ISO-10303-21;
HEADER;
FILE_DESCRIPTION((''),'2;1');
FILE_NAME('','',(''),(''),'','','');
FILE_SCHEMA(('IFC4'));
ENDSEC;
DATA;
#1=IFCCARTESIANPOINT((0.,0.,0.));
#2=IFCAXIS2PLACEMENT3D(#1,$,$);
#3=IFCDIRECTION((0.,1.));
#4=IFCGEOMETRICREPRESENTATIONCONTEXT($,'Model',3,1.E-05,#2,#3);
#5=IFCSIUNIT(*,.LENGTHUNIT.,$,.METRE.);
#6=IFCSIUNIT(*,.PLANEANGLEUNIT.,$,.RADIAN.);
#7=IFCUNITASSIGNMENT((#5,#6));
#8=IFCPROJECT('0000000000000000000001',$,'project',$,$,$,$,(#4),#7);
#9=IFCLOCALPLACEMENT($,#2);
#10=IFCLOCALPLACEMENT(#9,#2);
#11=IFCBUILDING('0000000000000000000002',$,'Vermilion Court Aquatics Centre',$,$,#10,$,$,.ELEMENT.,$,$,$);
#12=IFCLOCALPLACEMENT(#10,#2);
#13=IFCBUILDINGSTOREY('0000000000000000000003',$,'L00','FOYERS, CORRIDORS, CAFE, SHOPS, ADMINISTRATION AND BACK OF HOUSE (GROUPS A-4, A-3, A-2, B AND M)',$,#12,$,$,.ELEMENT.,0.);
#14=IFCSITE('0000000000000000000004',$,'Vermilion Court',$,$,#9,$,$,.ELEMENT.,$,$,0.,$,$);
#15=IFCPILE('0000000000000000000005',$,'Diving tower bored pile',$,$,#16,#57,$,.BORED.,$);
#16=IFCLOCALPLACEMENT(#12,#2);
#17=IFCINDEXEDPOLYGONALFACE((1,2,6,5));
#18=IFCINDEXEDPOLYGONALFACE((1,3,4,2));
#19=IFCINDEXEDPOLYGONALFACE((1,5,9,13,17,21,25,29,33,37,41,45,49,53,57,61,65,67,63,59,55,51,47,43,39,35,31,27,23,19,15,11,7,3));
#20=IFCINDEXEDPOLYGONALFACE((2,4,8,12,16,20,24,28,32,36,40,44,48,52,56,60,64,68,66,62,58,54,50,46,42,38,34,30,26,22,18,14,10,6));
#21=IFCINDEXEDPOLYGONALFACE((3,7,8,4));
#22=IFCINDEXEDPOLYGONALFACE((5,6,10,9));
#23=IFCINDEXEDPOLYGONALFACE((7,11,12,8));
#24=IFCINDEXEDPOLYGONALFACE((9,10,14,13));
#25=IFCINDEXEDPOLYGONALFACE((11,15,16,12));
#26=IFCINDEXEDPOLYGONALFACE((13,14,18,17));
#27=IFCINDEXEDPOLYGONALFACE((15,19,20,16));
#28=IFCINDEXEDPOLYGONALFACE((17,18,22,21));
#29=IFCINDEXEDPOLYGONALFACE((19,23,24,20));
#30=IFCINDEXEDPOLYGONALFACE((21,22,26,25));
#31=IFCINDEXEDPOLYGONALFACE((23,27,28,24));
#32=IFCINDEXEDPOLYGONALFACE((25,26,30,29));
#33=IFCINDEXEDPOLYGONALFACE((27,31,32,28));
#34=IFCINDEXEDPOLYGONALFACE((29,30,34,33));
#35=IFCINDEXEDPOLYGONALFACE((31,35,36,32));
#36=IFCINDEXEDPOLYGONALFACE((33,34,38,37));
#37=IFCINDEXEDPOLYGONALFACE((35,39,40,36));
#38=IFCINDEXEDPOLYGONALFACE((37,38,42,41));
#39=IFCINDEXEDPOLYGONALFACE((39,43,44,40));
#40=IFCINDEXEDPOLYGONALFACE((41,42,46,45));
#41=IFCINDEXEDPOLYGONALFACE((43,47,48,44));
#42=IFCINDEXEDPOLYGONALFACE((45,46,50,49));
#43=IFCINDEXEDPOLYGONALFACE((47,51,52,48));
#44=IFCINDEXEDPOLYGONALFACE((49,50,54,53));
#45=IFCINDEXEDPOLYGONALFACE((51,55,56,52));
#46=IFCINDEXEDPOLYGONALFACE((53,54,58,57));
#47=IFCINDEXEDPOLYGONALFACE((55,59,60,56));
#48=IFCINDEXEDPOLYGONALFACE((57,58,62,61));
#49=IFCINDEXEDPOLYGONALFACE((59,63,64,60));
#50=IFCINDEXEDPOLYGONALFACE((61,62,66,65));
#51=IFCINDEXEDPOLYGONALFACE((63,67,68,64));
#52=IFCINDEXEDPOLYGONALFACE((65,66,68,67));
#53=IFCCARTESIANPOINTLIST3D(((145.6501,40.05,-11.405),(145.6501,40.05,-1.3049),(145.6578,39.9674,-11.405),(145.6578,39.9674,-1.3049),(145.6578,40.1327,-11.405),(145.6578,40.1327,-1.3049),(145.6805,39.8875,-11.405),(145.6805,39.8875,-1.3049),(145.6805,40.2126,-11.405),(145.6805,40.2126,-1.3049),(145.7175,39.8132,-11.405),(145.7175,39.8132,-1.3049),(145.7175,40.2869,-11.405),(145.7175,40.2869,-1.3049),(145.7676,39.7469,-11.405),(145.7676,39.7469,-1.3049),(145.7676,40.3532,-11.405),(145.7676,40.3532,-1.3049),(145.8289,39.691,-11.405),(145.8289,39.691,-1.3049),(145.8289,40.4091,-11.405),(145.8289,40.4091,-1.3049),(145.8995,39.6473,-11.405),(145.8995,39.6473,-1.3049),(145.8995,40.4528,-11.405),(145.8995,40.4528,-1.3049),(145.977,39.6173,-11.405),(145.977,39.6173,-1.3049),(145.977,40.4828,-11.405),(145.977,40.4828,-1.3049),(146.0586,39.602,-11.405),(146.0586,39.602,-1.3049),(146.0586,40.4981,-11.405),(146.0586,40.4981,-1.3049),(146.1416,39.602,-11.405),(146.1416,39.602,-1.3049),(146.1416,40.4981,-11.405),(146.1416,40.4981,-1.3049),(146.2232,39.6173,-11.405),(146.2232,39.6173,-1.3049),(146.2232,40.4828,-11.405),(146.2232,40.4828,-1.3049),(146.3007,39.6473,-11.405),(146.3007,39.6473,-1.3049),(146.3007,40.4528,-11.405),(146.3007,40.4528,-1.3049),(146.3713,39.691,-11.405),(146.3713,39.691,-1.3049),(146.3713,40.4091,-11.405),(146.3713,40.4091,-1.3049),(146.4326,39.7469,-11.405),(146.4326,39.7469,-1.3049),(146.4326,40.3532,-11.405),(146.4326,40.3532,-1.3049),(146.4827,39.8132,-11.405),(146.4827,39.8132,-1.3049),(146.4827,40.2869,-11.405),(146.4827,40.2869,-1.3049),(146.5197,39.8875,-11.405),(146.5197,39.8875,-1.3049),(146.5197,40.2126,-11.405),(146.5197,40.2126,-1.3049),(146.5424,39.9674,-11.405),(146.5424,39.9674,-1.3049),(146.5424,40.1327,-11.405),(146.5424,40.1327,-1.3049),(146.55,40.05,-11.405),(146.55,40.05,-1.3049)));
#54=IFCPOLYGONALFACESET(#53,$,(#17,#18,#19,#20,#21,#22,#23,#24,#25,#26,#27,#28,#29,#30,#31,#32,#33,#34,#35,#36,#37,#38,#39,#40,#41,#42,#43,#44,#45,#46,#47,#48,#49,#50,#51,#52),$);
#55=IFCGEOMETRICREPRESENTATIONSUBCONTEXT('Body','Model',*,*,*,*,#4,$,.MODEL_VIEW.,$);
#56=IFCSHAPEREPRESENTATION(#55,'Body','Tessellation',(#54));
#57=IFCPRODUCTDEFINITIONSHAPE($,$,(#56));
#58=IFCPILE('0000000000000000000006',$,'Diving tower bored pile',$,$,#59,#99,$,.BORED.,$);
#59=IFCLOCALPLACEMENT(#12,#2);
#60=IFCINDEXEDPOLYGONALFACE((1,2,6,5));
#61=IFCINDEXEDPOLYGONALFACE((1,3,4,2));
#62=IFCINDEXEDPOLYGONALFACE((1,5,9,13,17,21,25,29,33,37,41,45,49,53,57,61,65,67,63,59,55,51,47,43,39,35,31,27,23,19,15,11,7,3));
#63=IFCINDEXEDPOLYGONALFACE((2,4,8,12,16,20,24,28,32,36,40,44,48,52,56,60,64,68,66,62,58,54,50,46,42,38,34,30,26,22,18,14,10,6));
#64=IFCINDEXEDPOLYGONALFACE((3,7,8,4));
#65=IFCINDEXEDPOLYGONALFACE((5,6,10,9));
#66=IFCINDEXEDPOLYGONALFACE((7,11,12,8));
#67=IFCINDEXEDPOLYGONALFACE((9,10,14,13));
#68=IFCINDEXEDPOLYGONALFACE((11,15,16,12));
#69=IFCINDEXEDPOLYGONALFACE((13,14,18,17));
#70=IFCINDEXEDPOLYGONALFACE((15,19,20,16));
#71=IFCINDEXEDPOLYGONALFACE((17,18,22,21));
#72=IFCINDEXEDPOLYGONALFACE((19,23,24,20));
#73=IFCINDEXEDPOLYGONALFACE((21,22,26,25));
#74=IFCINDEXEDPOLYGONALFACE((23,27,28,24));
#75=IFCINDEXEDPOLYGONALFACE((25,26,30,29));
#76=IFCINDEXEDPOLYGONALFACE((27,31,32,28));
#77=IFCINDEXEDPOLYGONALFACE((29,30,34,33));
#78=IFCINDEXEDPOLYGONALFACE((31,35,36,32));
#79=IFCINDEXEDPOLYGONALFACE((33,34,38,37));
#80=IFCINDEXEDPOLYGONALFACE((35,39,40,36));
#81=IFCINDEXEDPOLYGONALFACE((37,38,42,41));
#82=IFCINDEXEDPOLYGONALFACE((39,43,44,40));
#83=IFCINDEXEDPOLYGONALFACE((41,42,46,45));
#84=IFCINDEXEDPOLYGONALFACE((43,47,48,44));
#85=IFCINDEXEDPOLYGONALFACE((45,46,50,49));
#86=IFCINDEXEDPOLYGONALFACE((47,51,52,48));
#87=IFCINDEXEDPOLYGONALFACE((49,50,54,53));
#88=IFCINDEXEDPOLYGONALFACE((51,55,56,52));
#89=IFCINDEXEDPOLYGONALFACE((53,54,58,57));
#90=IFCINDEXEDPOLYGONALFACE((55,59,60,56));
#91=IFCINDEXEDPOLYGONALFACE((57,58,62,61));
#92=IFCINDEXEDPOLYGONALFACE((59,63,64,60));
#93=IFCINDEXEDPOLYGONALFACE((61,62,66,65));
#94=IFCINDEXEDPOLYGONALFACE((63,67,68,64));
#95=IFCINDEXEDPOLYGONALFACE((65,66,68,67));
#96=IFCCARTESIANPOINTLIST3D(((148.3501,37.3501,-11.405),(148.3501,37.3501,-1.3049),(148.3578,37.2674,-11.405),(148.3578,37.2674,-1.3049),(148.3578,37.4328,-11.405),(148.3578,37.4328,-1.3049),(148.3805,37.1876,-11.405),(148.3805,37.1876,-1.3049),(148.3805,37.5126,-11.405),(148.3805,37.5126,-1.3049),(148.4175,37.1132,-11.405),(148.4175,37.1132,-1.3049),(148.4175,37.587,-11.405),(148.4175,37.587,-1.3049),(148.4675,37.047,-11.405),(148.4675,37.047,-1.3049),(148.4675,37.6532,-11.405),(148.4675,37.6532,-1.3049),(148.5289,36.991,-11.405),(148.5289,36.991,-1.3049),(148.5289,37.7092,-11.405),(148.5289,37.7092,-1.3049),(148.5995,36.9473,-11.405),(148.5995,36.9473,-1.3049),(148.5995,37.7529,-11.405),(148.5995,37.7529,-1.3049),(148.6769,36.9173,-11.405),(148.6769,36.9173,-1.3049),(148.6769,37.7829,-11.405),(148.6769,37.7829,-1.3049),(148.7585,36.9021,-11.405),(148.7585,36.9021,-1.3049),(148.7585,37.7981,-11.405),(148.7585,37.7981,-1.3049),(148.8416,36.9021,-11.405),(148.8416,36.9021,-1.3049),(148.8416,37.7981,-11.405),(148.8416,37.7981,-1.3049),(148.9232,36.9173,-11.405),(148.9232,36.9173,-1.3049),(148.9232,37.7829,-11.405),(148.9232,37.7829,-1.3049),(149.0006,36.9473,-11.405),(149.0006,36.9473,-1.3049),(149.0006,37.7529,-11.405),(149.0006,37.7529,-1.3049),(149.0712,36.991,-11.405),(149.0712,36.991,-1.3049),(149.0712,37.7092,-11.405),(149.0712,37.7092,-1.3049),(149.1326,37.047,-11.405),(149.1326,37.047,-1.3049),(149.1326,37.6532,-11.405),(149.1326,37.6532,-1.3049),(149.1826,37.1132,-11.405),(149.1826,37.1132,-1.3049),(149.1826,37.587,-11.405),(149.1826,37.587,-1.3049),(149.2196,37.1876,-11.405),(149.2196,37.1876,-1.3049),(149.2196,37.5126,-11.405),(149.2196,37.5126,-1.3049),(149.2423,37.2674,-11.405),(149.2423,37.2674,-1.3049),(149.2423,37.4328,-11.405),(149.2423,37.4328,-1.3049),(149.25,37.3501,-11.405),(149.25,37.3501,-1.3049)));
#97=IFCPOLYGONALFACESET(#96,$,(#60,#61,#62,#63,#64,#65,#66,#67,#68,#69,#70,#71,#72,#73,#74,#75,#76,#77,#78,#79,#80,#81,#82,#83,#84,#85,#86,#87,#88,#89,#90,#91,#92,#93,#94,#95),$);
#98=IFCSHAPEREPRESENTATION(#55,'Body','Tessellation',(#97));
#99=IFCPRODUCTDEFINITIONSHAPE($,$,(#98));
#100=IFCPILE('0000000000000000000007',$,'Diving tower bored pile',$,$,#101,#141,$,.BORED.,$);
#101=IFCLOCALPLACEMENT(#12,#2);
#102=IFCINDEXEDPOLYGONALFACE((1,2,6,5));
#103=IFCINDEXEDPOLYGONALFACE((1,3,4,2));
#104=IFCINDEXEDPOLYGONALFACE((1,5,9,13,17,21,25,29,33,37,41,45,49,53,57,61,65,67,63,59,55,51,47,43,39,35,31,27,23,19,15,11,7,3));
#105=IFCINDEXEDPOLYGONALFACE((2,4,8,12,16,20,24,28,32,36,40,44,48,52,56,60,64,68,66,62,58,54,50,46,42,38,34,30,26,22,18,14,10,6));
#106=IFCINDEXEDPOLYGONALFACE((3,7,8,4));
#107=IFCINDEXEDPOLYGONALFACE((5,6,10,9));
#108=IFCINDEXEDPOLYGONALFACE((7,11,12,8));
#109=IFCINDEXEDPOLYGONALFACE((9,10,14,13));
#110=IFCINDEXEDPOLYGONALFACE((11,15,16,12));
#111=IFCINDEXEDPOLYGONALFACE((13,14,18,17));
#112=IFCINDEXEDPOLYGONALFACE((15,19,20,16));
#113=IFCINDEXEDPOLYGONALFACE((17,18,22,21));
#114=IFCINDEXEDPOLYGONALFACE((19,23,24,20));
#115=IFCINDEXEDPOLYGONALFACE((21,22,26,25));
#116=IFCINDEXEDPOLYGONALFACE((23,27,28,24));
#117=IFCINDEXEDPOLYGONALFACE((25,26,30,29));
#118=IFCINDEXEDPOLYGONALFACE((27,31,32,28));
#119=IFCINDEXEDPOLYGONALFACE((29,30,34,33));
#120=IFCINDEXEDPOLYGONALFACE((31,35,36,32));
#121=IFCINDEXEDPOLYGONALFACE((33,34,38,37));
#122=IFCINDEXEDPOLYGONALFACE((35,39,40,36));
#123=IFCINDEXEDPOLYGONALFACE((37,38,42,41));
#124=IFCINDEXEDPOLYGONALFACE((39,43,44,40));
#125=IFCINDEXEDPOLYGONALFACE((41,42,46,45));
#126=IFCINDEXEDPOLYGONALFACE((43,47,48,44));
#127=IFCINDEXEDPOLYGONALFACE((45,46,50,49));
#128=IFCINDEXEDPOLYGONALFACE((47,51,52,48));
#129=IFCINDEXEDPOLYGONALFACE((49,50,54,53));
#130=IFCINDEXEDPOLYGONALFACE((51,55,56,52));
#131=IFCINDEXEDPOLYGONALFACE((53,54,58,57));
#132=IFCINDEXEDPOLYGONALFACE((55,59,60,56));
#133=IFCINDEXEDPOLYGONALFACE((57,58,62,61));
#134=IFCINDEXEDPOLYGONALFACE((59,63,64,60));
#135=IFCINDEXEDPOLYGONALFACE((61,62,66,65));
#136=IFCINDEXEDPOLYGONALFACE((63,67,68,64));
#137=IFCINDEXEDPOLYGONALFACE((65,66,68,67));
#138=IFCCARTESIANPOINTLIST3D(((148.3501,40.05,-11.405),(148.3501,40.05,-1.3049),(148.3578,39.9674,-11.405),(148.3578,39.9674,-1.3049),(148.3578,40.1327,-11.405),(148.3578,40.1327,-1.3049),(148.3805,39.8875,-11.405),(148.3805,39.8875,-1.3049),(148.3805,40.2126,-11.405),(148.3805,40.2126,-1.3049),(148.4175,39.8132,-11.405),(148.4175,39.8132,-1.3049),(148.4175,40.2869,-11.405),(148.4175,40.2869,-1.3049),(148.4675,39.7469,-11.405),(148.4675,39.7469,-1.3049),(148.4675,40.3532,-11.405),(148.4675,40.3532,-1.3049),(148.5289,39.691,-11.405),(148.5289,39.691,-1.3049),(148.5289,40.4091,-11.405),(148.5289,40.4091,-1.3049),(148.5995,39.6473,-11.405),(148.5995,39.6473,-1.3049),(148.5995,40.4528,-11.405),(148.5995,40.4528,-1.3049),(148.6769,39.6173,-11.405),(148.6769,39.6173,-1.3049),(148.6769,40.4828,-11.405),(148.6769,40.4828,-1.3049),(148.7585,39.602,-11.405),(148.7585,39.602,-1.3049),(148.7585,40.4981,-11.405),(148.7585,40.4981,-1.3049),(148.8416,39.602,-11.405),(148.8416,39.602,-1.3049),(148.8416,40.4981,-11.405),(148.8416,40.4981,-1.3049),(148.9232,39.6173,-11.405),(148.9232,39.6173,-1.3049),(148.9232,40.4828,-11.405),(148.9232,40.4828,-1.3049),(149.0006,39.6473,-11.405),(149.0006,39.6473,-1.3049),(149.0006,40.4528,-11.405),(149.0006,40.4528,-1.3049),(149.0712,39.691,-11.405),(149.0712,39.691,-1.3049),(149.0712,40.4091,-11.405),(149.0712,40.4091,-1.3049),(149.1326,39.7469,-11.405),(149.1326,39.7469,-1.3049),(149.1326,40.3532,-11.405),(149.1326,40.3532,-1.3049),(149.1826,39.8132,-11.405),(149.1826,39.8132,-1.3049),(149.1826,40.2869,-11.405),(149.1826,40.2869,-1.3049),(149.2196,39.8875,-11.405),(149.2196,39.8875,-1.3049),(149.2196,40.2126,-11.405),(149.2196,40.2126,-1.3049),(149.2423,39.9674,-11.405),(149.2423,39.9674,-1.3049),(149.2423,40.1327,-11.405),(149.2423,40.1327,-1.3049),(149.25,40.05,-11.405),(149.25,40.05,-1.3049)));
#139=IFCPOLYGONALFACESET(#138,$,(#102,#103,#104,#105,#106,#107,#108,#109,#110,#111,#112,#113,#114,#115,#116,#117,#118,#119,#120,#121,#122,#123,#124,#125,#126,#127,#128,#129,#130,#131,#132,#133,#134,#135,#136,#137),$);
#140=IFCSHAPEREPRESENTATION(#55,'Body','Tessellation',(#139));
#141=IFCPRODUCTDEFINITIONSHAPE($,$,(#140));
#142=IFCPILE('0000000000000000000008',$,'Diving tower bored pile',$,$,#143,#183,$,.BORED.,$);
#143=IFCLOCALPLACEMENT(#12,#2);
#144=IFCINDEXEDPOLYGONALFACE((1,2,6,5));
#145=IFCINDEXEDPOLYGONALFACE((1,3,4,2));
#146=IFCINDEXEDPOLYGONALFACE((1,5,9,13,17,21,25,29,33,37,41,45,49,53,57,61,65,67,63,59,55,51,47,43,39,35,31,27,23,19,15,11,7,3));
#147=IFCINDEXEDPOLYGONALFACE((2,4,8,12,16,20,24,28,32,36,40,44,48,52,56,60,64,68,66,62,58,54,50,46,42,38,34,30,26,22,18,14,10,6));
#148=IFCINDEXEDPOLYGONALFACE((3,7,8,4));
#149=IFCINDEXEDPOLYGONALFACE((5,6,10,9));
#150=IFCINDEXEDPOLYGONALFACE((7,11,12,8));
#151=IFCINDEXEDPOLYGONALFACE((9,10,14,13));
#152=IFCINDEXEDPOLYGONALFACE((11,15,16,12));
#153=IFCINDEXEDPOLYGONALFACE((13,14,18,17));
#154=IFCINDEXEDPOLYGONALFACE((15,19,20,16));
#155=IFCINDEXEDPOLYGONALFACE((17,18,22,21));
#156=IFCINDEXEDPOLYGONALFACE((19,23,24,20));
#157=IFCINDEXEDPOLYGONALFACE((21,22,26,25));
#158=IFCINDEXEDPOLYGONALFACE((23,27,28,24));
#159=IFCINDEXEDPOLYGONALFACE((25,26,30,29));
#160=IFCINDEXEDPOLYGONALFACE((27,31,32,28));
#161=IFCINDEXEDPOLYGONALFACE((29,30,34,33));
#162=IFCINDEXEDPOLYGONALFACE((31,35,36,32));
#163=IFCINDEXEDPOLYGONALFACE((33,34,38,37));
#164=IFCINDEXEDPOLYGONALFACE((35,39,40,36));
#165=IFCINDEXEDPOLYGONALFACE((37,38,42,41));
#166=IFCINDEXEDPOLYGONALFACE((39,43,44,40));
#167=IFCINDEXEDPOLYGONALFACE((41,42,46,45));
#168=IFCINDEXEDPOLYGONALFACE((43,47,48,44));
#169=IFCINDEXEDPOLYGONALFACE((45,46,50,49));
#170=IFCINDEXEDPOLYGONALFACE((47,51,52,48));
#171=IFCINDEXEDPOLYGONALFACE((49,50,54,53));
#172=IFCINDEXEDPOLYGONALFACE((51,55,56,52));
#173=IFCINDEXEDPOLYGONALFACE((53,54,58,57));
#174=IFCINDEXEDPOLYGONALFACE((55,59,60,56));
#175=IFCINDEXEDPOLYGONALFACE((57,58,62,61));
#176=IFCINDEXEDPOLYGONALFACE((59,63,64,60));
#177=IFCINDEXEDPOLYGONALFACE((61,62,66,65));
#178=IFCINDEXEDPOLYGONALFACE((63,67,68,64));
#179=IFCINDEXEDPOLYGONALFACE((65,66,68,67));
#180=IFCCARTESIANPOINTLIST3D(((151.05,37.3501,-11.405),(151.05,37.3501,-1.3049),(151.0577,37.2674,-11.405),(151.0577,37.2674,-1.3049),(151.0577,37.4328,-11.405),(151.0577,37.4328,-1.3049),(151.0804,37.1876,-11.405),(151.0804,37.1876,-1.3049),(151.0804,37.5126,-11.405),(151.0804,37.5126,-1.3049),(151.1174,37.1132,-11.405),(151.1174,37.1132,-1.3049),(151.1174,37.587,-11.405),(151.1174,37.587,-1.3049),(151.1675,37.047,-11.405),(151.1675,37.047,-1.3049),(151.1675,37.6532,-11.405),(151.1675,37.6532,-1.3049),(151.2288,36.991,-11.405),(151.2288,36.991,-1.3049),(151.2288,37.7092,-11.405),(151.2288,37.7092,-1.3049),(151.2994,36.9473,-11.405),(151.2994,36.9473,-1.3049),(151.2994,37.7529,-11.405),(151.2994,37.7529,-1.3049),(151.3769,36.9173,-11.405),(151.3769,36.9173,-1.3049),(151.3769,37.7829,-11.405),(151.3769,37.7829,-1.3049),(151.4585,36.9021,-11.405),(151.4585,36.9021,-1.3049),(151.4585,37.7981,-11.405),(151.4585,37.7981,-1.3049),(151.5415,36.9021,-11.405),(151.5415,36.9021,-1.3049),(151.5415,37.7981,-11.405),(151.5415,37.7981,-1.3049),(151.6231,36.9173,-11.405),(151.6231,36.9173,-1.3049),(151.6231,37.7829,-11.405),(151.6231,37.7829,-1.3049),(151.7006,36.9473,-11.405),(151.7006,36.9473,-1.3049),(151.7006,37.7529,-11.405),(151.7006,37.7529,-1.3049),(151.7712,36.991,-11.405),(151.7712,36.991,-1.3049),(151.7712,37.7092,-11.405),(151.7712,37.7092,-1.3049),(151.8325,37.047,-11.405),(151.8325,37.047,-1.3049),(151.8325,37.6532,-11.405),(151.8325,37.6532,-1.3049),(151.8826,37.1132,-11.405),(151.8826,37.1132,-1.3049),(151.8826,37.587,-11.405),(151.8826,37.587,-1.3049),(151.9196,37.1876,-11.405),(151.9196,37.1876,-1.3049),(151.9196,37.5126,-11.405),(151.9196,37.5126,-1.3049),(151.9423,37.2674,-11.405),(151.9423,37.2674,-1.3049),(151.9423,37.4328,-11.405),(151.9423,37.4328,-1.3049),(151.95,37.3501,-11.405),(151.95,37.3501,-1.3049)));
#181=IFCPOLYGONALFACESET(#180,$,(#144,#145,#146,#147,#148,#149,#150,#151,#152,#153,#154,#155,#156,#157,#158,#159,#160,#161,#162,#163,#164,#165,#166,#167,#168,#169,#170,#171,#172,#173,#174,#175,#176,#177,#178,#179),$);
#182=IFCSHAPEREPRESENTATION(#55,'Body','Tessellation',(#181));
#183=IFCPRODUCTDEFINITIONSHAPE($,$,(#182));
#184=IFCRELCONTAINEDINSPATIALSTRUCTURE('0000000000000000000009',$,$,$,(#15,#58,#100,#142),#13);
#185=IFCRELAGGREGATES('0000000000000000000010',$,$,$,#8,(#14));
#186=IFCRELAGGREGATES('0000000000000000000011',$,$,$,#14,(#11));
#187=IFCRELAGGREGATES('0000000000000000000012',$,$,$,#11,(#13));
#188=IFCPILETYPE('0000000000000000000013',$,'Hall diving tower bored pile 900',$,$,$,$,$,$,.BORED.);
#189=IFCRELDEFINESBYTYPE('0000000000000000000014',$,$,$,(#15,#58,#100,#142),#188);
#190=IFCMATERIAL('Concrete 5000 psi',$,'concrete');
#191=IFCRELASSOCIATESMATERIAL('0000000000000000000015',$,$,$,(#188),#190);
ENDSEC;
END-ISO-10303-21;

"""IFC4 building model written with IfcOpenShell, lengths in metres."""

from ifc_helpers import new_model, si_unit, direction, frame, origin, origin_2d, place, context, subcontext, project, spatial, circle, extrude, material, material_profile, profile_set, type_object, element, save


model = new_model("IFC4")

# Units and contexts
model_context = context("Model", 3, precision=1e-05, world=origin(), true_north=direction((0.0, 1.0)))
body_context = subcontext(model_context, "Body", "Model", "MODEL_VIEW")
ifc_project = project(units=[si_unit("LENGTHUNIT", "METRE"), si_unit("PLANEANGLEUNIT", "RADIAN")], contexts=[model_context])

# Site, building, storey
site_placement = place(None, origin())
site = spatial("IfcSite", under=ifc_project, at=site_placement, Name="Vermilion Court", CompositionType="ELEMENT", RefElevation=0.0)
building_placement = place(site_placement, origin())
building = spatial("IfcBuilding", under=site, at=building_placement, Name="Vermilion Court Aquatics Centre", CompositionType="ELEMENT")
storey_placement = place(building_placement, origin())
storey = spatial("IfcBuildingStorey", under=building, at=storey_placement, Name="L00", Description="FOYERS, CORRIDORS, CAFE, SHOPS, ADMINISTRATION AND BACK OF HOUSE (GROUPS A-4, A-3, A-2, B AND M)", CompositionType="ELEMENT", Elevation=0.0)

# Piles
ifc_material_1 = material(Name="Concrete 5000 psi", Category="concrete")
ifc_material_profile_1 = material_profile(ifc_material_1, circle(Radius=0.45, at=origin_2d()), Name="D900")
ifc_profile_set_1 = profile_set([ifc_material_profile_1], Name="Concrete 5000 psi")
pile_type = type_object("IfcPileType", Name="Hall diving tower bored pile 900", PredefinedType="BORED", material=ifc_profile_set_1)
for number, where, z_axis, x_axis, name in (
    (1, (146.1001, 40.05, -1.3049), (0.0, 0.0, -1.0), (1.0, 0.0, 0.0), "Diving tower bored pile"),
    (2, (148.8, 37.3501, -1.3049), (0.0, 0.0, -1.0), (1.0, 0.0, 0.0), "Diving tower bored pile"),
    (3, (148.8, 40.05, -1.3049), (0.0, 0.0, -1.0), (1.0, 0.0, 0.0), "Diving tower bored pile"),
    (4, (151.5, 37.3501, -1.3049), (0.0, 0.0, -1.0), (1.0, 0.0, 0.0), "Diving tower bored pile"),
):
    element("IfcPile", number, at=place(storey_placement, frame(where, z_axis=z_axis, x_axis=x_axis)), inside=storey, type_object=pile_type, Name=name, PredefinedType="BORED", context=body_context, shape_type="SweptSolid", body=[
        extrude(circle(Radius=0.45, at=origin_2d()), origin(), (0.0, 0.0, 1.0), 10.1001),
    ])

save(model, "model.ifc")
